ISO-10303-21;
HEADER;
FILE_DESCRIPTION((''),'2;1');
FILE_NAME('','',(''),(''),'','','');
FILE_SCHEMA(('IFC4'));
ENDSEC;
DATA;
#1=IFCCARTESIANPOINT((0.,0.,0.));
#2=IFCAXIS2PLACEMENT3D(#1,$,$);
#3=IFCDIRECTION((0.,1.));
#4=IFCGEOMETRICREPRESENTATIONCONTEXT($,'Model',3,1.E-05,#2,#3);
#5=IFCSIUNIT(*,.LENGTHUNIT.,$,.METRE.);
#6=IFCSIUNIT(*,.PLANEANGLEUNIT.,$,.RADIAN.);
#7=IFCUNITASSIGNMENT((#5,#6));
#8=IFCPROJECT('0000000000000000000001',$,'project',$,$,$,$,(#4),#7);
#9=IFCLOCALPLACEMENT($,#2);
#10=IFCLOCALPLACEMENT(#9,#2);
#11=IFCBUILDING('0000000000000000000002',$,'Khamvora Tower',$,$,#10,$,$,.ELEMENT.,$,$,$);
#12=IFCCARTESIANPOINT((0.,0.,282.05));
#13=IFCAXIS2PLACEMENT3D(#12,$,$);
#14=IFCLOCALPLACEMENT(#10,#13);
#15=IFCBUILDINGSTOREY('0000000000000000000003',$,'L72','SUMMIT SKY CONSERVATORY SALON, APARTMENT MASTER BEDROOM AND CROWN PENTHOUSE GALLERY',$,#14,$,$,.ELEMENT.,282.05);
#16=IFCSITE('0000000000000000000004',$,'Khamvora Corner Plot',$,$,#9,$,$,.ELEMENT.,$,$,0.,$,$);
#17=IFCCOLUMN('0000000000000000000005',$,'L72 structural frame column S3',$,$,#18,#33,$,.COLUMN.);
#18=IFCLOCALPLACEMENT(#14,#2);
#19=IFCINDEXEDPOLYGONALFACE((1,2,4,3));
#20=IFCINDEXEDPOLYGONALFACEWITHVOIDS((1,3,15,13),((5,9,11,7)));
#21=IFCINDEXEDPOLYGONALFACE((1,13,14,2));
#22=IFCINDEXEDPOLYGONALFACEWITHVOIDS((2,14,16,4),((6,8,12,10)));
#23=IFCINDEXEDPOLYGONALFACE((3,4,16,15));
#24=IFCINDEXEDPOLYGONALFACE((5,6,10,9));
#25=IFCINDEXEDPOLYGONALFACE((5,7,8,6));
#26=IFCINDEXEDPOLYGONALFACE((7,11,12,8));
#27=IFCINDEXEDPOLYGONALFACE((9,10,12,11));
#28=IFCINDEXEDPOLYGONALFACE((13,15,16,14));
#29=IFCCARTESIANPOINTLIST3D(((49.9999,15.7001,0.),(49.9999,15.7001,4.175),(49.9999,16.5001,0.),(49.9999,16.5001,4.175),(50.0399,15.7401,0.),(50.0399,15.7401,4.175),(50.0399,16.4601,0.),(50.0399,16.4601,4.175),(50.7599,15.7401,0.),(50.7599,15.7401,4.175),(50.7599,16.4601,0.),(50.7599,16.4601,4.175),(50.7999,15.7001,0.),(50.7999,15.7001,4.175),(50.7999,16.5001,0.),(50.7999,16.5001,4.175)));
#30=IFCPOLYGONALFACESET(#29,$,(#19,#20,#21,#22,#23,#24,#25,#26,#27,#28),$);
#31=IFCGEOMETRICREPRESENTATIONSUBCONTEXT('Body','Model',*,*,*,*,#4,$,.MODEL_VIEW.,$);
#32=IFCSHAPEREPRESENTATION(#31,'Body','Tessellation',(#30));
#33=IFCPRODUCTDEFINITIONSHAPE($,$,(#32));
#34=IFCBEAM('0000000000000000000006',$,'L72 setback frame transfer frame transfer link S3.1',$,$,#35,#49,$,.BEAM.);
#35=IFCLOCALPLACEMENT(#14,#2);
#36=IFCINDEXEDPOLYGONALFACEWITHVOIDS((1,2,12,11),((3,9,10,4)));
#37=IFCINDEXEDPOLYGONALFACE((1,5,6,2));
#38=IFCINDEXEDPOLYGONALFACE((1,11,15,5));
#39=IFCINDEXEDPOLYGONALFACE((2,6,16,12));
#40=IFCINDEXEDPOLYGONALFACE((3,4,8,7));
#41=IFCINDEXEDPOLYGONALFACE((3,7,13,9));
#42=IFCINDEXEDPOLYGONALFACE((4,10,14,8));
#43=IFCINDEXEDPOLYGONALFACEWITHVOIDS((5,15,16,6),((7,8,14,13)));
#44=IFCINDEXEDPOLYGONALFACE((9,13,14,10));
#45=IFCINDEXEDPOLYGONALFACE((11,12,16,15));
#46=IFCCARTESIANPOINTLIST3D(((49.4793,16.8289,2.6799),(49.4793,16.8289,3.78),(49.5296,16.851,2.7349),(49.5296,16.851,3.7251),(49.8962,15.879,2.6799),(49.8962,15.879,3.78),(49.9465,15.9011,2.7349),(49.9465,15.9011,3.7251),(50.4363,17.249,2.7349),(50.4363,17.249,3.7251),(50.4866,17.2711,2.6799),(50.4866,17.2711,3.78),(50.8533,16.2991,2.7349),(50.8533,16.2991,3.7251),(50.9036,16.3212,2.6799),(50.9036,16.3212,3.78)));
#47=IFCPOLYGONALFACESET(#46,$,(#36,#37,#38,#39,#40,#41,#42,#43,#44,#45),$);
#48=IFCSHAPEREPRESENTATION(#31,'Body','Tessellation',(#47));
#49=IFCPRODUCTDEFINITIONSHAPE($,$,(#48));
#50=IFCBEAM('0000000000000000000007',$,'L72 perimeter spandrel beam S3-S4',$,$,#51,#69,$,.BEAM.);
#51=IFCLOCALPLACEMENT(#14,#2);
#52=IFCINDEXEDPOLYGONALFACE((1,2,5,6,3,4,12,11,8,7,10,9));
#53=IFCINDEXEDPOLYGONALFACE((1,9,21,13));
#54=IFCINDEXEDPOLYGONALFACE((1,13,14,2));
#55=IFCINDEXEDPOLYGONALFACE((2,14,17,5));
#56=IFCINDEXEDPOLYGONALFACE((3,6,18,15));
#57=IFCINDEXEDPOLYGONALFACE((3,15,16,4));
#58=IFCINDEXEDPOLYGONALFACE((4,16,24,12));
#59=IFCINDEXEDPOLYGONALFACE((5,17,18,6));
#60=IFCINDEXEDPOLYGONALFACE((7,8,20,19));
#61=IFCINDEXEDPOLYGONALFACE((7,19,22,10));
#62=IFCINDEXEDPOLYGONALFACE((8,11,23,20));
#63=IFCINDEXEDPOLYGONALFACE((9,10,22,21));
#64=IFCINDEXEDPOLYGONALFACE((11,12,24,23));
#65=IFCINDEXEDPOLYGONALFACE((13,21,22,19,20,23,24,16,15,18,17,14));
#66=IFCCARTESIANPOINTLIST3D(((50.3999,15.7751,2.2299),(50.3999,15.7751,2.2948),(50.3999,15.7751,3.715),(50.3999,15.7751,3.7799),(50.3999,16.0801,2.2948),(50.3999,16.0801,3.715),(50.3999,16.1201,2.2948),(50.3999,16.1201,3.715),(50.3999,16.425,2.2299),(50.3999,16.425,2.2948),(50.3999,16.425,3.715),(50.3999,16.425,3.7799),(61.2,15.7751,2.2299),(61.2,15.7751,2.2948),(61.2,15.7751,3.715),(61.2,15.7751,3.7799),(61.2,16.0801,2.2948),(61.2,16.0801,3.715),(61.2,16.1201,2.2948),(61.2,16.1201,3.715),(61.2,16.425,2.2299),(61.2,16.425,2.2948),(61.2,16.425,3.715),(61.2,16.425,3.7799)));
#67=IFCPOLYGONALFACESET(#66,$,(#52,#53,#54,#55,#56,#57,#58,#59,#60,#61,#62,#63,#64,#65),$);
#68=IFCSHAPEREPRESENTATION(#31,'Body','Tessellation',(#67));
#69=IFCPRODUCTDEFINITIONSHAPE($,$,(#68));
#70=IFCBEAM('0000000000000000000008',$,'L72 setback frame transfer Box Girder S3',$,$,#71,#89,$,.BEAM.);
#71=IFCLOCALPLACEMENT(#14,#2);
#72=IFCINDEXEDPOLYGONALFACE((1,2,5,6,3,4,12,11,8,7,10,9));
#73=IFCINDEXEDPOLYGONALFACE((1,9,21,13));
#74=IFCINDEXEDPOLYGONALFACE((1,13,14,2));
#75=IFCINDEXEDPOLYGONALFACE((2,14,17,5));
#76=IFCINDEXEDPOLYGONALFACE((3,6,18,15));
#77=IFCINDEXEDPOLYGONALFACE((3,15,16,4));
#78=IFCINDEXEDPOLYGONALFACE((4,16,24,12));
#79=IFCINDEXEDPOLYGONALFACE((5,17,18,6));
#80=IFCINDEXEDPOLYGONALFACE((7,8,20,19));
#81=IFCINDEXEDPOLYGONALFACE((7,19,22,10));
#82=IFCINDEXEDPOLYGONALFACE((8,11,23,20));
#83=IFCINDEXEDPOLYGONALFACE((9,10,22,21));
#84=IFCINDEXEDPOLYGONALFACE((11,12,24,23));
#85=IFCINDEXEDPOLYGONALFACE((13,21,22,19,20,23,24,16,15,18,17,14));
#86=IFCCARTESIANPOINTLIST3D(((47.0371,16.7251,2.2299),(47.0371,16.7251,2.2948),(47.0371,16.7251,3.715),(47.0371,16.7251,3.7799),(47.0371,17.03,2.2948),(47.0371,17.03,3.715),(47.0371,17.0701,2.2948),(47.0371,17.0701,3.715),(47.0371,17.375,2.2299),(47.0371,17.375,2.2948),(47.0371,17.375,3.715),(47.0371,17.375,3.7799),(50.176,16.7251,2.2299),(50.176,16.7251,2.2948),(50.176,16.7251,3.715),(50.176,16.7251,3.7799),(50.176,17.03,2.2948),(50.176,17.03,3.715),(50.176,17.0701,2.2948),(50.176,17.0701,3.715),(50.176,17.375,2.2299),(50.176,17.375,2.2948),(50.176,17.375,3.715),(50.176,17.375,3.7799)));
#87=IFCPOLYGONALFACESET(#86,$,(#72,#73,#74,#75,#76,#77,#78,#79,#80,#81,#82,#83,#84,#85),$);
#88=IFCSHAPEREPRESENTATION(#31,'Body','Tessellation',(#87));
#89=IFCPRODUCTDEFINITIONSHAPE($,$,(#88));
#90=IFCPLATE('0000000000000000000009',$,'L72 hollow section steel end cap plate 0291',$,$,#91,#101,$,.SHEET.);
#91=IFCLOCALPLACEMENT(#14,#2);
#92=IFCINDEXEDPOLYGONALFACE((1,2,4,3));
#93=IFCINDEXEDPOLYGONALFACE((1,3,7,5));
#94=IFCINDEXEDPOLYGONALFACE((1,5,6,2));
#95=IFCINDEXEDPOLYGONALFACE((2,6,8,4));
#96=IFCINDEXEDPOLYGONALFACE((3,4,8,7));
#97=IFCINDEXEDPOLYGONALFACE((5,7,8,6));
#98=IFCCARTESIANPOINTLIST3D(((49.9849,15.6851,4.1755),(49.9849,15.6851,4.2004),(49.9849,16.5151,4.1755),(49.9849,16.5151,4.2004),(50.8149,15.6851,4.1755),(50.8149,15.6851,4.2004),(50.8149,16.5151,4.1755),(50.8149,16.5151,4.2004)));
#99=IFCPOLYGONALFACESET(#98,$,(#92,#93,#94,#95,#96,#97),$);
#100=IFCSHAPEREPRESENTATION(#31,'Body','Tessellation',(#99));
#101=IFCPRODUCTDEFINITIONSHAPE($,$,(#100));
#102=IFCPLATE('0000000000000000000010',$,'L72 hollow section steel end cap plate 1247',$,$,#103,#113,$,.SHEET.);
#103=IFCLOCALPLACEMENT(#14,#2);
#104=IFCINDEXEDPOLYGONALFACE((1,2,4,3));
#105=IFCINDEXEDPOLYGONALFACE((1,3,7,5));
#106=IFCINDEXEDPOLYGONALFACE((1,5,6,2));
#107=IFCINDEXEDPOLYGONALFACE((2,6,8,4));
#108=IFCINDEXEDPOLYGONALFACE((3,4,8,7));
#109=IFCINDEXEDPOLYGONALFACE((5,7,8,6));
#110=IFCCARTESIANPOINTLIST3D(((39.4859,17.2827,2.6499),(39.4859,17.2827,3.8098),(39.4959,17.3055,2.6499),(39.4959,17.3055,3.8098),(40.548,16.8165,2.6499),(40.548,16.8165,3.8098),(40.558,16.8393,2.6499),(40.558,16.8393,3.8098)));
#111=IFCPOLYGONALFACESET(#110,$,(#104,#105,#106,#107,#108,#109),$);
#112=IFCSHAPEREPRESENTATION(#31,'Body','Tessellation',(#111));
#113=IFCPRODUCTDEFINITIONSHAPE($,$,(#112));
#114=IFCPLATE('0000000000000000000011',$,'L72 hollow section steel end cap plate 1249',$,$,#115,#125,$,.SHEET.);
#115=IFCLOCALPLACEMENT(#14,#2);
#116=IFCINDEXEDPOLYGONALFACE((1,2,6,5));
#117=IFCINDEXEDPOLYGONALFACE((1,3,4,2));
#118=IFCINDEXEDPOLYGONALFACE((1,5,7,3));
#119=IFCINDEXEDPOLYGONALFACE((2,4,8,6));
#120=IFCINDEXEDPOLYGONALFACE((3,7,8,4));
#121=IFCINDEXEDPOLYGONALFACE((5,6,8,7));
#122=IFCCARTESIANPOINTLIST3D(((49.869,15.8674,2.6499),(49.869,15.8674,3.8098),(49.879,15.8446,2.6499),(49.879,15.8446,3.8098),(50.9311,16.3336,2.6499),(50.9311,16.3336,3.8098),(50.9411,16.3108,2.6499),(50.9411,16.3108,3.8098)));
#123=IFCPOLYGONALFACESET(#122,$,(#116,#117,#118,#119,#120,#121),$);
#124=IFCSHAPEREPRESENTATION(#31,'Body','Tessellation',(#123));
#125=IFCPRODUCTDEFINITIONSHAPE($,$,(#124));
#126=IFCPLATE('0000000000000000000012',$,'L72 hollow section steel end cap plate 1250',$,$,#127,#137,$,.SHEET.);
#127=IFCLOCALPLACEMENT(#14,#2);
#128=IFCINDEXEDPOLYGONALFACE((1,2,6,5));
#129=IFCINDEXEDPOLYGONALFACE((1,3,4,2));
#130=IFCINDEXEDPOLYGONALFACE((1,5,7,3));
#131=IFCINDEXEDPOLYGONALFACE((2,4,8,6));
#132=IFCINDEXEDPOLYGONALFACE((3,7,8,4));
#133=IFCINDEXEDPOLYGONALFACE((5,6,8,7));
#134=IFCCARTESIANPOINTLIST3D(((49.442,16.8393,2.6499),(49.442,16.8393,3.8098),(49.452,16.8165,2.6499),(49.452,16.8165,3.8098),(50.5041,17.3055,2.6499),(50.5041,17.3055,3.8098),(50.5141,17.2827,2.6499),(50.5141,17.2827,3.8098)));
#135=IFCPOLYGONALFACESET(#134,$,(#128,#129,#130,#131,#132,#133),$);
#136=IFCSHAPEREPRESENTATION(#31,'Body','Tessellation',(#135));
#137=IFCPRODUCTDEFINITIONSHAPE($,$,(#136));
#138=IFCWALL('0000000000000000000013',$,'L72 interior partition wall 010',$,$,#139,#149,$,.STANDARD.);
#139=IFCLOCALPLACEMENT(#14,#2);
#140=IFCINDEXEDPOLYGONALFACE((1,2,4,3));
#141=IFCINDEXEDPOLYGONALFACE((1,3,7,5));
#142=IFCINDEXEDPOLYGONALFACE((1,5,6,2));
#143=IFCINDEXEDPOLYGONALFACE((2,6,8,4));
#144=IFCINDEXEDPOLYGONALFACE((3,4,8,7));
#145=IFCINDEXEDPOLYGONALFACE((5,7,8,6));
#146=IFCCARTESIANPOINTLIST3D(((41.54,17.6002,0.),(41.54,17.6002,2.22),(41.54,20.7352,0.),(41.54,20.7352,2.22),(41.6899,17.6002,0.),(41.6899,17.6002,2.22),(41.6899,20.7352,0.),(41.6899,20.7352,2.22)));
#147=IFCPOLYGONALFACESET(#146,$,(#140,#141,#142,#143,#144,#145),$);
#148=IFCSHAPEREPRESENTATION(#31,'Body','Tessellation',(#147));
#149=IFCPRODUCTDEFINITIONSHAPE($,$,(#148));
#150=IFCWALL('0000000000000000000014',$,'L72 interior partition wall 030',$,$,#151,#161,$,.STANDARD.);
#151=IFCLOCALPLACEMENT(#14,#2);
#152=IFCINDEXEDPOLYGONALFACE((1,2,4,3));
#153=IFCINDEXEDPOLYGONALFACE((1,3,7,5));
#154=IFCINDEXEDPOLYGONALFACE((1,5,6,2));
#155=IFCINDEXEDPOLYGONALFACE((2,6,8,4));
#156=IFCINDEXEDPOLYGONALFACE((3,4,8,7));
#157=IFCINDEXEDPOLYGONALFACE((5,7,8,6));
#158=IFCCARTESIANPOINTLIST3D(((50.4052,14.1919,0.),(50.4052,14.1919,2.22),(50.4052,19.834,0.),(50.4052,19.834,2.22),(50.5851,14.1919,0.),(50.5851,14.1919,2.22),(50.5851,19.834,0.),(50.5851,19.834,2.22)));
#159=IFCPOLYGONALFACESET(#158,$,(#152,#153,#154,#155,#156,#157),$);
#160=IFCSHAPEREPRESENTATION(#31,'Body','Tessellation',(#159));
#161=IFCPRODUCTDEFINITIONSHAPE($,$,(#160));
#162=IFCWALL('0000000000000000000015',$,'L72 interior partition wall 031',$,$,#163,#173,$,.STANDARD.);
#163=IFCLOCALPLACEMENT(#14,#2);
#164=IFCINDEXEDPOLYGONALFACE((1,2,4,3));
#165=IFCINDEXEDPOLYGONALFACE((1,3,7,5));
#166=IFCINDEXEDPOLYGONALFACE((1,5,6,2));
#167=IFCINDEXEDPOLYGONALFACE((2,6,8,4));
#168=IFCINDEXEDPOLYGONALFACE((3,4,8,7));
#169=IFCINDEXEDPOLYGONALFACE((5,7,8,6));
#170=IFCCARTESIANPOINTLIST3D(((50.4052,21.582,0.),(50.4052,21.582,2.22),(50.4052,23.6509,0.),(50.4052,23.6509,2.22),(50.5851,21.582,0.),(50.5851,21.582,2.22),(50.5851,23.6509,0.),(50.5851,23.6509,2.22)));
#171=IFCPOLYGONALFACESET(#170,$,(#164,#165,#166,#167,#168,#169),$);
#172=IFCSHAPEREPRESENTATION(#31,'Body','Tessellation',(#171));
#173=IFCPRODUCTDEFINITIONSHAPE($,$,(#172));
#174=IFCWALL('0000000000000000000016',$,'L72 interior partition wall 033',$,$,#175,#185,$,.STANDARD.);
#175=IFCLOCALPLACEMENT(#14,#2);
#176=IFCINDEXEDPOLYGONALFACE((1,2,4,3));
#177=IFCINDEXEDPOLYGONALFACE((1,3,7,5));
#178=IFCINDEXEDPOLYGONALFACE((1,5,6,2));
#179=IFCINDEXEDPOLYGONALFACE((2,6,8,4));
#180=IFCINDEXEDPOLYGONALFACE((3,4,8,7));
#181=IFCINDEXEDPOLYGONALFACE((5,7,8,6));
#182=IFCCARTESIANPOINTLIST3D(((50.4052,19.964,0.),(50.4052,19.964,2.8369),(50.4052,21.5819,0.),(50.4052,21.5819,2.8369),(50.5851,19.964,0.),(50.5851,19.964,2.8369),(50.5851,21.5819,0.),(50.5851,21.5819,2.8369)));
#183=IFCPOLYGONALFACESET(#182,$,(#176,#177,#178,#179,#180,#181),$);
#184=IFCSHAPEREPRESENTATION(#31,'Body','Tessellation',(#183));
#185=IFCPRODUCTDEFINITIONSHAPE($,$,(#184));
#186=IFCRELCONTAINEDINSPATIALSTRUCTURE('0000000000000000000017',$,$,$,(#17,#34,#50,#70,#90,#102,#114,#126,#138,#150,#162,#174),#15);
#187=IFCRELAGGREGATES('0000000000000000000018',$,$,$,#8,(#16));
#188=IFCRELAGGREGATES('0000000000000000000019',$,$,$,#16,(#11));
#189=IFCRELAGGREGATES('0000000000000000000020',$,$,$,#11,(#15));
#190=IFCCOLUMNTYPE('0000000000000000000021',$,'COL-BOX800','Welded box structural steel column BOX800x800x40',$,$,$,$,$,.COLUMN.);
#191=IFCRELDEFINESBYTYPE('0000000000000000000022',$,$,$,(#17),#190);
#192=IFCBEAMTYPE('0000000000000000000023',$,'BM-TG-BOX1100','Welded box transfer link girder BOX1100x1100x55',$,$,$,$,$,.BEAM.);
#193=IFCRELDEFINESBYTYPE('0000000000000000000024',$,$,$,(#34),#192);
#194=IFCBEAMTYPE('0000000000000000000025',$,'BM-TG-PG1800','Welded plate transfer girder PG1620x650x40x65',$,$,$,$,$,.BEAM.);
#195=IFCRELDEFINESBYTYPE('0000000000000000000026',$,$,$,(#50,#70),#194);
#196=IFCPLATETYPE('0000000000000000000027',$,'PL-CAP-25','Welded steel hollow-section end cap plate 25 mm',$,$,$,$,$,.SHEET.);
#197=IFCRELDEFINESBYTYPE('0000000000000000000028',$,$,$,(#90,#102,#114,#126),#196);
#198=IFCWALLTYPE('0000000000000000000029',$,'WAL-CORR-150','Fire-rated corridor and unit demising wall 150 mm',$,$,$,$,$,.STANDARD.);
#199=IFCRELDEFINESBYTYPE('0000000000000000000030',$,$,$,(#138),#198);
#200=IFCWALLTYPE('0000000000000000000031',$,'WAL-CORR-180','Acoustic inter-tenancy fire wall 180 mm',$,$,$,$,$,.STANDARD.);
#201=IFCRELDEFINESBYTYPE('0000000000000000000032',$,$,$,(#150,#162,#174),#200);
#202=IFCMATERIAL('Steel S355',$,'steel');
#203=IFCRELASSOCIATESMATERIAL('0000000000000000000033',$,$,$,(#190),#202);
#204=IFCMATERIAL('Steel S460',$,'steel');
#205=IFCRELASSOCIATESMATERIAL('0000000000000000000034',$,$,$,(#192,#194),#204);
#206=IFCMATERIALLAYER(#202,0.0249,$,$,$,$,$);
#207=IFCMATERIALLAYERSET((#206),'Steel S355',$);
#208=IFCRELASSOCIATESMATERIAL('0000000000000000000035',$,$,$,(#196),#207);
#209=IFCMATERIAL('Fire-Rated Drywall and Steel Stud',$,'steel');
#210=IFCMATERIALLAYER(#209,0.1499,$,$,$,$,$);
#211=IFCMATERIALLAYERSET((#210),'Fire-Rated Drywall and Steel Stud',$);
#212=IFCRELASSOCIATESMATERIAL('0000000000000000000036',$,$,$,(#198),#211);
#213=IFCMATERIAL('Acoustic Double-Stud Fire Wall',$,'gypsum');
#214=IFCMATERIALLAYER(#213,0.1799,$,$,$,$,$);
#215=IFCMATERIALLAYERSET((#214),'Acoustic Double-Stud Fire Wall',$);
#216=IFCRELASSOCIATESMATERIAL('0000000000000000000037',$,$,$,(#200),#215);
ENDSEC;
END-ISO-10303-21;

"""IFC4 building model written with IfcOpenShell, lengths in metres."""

from ifc_helpers import new_model, si_unit, direction, frame, frame_2d, origin, origin_2d, place, context, subcontext, project, spatial, rectangle, hollow_rectangle, i_section, extrude, material, layer, layer_set, material_profile, profile_set, type_object, element, save


model = new_model("IFC4")

# Units and contexts
model_context = context("Model", 3, precision=1e-05, world=origin(), true_north=direction((0.0, 1.0)))
body_context = subcontext(model_context, "Body", "Model", "MODEL_VIEW")
ifc_project = project(units=[si_unit("LENGTHUNIT", "METRE"), si_unit("PLANEANGLEUNIT", "RADIAN")], contexts=[model_context])

# Site, building, storey
site_placement = place(None, origin())
site = spatial("IfcSite", under=ifc_project, at=site_placement, Name="Khamvora Corner Plot", CompositionType="ELEMENT", RefElevation=0.0)
building_placement = place(site_placement, origin())
building = spatial("IfcBuilding", under=site, at=building_placement, Name="Khamvora Tower", CompositionType="ELEMENT")
storey_placement = place(building_placement, frame((0.0, 0.0, 282.05)))
storey = spatial("IfcBuildingStorey", under=building, at=storey_placement, Name="L72", Description="SUMMIT SKY CONSERVATORY SALON, APARTMENT MASTER BEDROOM AND CROWN PENTHOUSE GALLERY", CompositionType="ELEMENT", Elevation=282.05)

# Column
ifc_material_1 = material(Name="Steel S355", Category="steel")
ifc_material_profile_1 = material_profile(ifc_material_1, hollow_rectangle(XDim=0.8, YDim=0.8, WallThickness=0.04, at=origin_2d()), Name="BOX800x800x40")
ifc_profile_set_1 = profile_set([ifc_material_profile_1], Name="Steel S355")
column_type = type_object("IfcColumnType", Name="COL-BOX800", Description="Welded box structural steel column BOX800x800x40", PredefinedType="COLUMN", material=ifc_profile_set_1)
column_placement = place(storey_placement, frame((50.3999, 16.1001, 0.0), z_axis=(0.0, 0.0, 1.0), x_axis=(1.0, 0.0, 0.0)))
element("IfcColumn", 1, at=column_placement, inside=storey, type_object=column_type, Name="L72 structural frame column S3", PredefinedType="COLUMN", context=body_context, shape_type="SweptSolid", body=[
    extrude(hollow_rectangle(XDim=0.8, YDim=0.8, WallThickness=0.04, at=origin_2d()), origin(), (0.0, 0.0, 1.0), 4.175),
])

# Beams
ifc_material_2 = material(Name="Steel S460", Category="steel")
ifc_material_profile_2 = material_profile(ifc_material_2, hollow_rectangle(XDim=1.1001, YDim=1.1001, WallThickness=0.0549, at=origin_2d()), Name="BOX1100x1100x55")
ifc_profile_set_2 = profile_set([ifc_material_profile_2], Name="Steel S460")
beam_type_1 = type_object("IfcBeamType", Name="BM-TG-BOX1100", Description="Welded box transfer link girder BOX1100x1100x55", PredefinedType="BEAM", material=ifc_profile_set_2)
beam_1_placement = place(storey_placement, frame((50.3999, 16.1001, 3.23), z_axis=(-0.401942, 0.915665, 0.0), x_axis=(-0.915665, -0.401942, 0.0)))
element("IfcBeam", 2, at=beam_1_placement, inside=storey, type_object=beam_type_1, Name="L72 setback frame transfer frame transfer link S3.1", PredefinedType="BEAM", context=body_context, shape_type="SweptSolid", body=[
    extrude(hollow_rectangle(XDim=1.1001, YDim=1.1001, WallThickness=0.0549, at=origin_2d()), origin(), (0.0, 0.0, 1.0), 1.0374),
])
ifc_material_profile_3 = material_profile(ifc_material_2, i_section(OverallWidth=0.6499, OverallDepth=1.55, WebThickness=0.04, FlangeThickness=0.0649, at=origin_2d()), Name="PG1550x650x40x65")
ifc_profile_set_3 = profile_set([ifc_material_profile_3], Name="Steel S460")
beam_type_2 = type_object("IfcBeamType", Name="BM-TG-PG1800", Description="Welded plate transfer girder PG1620x650x40x65", PredefinedType="BEAM", material=ifc_profile_set_3)
beam_2_placement = place(storey_placement, frame((50.3999, 16.1001, 3.0049), z_axis=(1.0, 0.0, 0.0), x_axis=(0.0, 1.0, 0.0)))
element("IfcBeam", 3, at=beam_2_placement, inside=storey, type_object=beam_type_2, Name="L72 perimeter spandrel beam S3-S4", PredefinedType="BEAM", context=body_context, shape_type="SweptSolid", body=[
    extrude(i_section(OverallWidth=0.6499, OverallDepth=1.55, WebThickness=0.04, FlangeThickness=0.0649, at=origin_2d()), origin(), (0.0, 0.0, 1.0), 10.8),
])
beam_3_placement = place(storey_placement, frame((47.0371, 17.05, 3.0049), z_axis=(1.0, 0.0, 0.0), x_axis=(0.0, 1.0, 0.0)))
element("IfcBeam", 4, at=beam_3_placement, inside=storey, type_object=beam_type_2, Name="L72 setback frame transfer Box Girder S3", PredefinedType="BEAM", context=body_context, shape_type="SweptSolid", body=[
    extrude(i_section(OverallWidth=0.6499, OverallDepth=1.55, WebThickness=0.04, FlangeThickness=0.0649, at=origin_2d()), origin(), (0.0, 0.0, 1.0), 3.1389),
])

# Plates
ifc_layer_1 = layer(ifc_material_1, 0.0249)
ifc_layer_set_1 = layer_set([ifc_layer_1], Name="Steel S355")
plate_type = type_object("IfcPlateType", Name="PL-CAP-25", Description="Welded steel hollow-section end cap plate 25 mm", PredefinedType="SHEET", material=ifc_layer_set_1)
plate_placement = place(storey_placement, frame((50.3999, 16.1001, 4.1755), z_axis=(0.0, 0.0, 1.0), x_axis=(1.0, 0.0, 0.0)))
element("IfcPlate", 5, at=plate_placement, inside=storey, type_object=plate_type, Name="L72 hollow section steel end cap plate 0291", PredefinedType="SHEET", context=body_context, shape_type="SweptSolid", body=[
    extrude(rectangle(XDim=0.8301, YDim=0.8301, at=origin_2d()), origin(), (0.0, 0.0, 1.0), 0.0249),
])
for number, where, z_axis, x_axis, name in (
    (6, (40.022, 17.061, 2.6499), (0.0, 0.0, 1.0), (0.401932, 0.91567, 0.0), "L72 hollow section steel end cap plate 1247"),
    (7, (50.405, 16.0891, 2.6499), (0.0, 0.0, 1.0), (-0.401932, 0.91567, 0.0), "L72 hollow section steel end cap plate 1249"),
    (8, (49.978, 17.061, 2.6499), (0.0, 0.0, 1.0), (-0.401932, 0.91567, 0.0), "L72 hollow section steel end cap plate 1250"),
):
    element("IfcPlate", number, at=place(storey_placement, frame(where, z_axis=z_axis, x_axis=x_axis)), inside=storey, type_object=plate_type, Name=name, PredefinedType="SHEET", context=body_context, shape_type="SweptSolid", body=[
        extrude(rectangle(XDim=0.0249, YDim=1.1599, at=origin_2d()), origin(), (0.0, 0.0, 1.0), 1.1599),
    ])

# Shared definitions
ifc_material_3 = material(Name="Fire-Rated Drywall and Steel Stud", Category="steel")
ifc_layer_2 = layer(ifc_material_3, 0.1499)
ifc_layer_set_2 = layer_set([ifc_layer_2], Name="Fire-Rated Drywall and Steel Stud")
wall_type_1 = type_object("IfcWallType", Name="WAL-CORR-150", Description="Fire-rated corridor and unit demising wall 150 mm", PredefinedType="STANDARD", material=ifc_layer_set_2)

# Walls
wall_1_placement = place(storey_placement, frame((41.615, 20.7351, 0.0), z_axis=(0.0, 0.0, 1.0), x_axis=(0.0, -1.0, 0.0)))
element("IfcWall", 9, at=wall_1_placement, inside=storey, type_object=wall_type_1, Name="L72 interior partition wall 010", PredefinedType="STANDARD", context=body_context, shape_type="SweptSolid", body=[
    extrude(rectangle(XDim=3.135, YDim=0.1499, at=frame_2d((1.5674, 0.0))), origin(), (0.0, 0.0, 1.0), 2.22),
])
ifc_material_4 = material(Name="Acoustic Double-Stud Fire Wall", Category="gypsum")
ifc_layer_3 = layer(ifc_material_4, 0.1799)
ifc_layer_set_3 = layer_set([ifc_layer_3], Name="Acoustic Double-Stud Fire Wall")
wall_type_2 = type_object("IfcWallType", Name="WAL-CORR-180", Description="Acoustic inter-tenancy fire wall 180 mm", PredefinedType="STANDARD", material=ifc_layer_set_3)
wall_2_placement = place(storey_placement, frame((50.4951, 19.834, 0.0), z_axis=(0.0, 0.0, 1.0), x_axis=(0.0, -1.0, 0.0)))
element("IfcWall", 10, at=wall_2_placement, inside=storey, type_object=wall_type_2, Name="L72 interior partition wall 030", PredefinedType="STANDARD", context=body_context, shape_type="SweptSolid", body=[
    extrude(rectangle(XDim=5.6421, YDim=0.1799, at=frame_2d((2.821, 0.0))), origin(), (0.0, 0.0, 1.0), 2.22),
])
wall_3_placement = place(storey_placement, frame((50.4951, 23.6509, 0.0), z_axis=(0.0, 0.0, 1.0), x_axis=(0.0, -1.0, 0.0)))
element("IfcWall", 11, at=wall_3_placement, inside=storey, type_object=wall_type_2, Name="L72 interior partition wall 031", PredefinedType="STANDARD", context=body_context, shape_type="SweptSolid", body=[
    extrude(rectangle(XDim=2.0688, YDim=0.1799, at=frame_2d((1.0344, 0.0))), origin(), (0.0, 0.0, 1.0), 2.22),
])
wall_4_placement = place(storey_placement, frame((50.4951, 21.582, 0.0), z_axis=(0.0, 0.0, 1.0), x_axis=(0.0, -1.0, 0.0)))
element("IfcWall", 12, at=wall_4_placement, inside=storey, type_object=wall_type_2, Name="L72 interior partition wall 033", PredefinedType="STANDARD", context=body_context, shape_type="SweptSolid", body=[
    extrude(rectangle(XDim=1.6179, YDim=0.1799, at=frame_2d((0.8091, 0.0))), origin(), (0.0, 0.0, 1.0), 2.8369),
])

save(model, "model.ifc")
